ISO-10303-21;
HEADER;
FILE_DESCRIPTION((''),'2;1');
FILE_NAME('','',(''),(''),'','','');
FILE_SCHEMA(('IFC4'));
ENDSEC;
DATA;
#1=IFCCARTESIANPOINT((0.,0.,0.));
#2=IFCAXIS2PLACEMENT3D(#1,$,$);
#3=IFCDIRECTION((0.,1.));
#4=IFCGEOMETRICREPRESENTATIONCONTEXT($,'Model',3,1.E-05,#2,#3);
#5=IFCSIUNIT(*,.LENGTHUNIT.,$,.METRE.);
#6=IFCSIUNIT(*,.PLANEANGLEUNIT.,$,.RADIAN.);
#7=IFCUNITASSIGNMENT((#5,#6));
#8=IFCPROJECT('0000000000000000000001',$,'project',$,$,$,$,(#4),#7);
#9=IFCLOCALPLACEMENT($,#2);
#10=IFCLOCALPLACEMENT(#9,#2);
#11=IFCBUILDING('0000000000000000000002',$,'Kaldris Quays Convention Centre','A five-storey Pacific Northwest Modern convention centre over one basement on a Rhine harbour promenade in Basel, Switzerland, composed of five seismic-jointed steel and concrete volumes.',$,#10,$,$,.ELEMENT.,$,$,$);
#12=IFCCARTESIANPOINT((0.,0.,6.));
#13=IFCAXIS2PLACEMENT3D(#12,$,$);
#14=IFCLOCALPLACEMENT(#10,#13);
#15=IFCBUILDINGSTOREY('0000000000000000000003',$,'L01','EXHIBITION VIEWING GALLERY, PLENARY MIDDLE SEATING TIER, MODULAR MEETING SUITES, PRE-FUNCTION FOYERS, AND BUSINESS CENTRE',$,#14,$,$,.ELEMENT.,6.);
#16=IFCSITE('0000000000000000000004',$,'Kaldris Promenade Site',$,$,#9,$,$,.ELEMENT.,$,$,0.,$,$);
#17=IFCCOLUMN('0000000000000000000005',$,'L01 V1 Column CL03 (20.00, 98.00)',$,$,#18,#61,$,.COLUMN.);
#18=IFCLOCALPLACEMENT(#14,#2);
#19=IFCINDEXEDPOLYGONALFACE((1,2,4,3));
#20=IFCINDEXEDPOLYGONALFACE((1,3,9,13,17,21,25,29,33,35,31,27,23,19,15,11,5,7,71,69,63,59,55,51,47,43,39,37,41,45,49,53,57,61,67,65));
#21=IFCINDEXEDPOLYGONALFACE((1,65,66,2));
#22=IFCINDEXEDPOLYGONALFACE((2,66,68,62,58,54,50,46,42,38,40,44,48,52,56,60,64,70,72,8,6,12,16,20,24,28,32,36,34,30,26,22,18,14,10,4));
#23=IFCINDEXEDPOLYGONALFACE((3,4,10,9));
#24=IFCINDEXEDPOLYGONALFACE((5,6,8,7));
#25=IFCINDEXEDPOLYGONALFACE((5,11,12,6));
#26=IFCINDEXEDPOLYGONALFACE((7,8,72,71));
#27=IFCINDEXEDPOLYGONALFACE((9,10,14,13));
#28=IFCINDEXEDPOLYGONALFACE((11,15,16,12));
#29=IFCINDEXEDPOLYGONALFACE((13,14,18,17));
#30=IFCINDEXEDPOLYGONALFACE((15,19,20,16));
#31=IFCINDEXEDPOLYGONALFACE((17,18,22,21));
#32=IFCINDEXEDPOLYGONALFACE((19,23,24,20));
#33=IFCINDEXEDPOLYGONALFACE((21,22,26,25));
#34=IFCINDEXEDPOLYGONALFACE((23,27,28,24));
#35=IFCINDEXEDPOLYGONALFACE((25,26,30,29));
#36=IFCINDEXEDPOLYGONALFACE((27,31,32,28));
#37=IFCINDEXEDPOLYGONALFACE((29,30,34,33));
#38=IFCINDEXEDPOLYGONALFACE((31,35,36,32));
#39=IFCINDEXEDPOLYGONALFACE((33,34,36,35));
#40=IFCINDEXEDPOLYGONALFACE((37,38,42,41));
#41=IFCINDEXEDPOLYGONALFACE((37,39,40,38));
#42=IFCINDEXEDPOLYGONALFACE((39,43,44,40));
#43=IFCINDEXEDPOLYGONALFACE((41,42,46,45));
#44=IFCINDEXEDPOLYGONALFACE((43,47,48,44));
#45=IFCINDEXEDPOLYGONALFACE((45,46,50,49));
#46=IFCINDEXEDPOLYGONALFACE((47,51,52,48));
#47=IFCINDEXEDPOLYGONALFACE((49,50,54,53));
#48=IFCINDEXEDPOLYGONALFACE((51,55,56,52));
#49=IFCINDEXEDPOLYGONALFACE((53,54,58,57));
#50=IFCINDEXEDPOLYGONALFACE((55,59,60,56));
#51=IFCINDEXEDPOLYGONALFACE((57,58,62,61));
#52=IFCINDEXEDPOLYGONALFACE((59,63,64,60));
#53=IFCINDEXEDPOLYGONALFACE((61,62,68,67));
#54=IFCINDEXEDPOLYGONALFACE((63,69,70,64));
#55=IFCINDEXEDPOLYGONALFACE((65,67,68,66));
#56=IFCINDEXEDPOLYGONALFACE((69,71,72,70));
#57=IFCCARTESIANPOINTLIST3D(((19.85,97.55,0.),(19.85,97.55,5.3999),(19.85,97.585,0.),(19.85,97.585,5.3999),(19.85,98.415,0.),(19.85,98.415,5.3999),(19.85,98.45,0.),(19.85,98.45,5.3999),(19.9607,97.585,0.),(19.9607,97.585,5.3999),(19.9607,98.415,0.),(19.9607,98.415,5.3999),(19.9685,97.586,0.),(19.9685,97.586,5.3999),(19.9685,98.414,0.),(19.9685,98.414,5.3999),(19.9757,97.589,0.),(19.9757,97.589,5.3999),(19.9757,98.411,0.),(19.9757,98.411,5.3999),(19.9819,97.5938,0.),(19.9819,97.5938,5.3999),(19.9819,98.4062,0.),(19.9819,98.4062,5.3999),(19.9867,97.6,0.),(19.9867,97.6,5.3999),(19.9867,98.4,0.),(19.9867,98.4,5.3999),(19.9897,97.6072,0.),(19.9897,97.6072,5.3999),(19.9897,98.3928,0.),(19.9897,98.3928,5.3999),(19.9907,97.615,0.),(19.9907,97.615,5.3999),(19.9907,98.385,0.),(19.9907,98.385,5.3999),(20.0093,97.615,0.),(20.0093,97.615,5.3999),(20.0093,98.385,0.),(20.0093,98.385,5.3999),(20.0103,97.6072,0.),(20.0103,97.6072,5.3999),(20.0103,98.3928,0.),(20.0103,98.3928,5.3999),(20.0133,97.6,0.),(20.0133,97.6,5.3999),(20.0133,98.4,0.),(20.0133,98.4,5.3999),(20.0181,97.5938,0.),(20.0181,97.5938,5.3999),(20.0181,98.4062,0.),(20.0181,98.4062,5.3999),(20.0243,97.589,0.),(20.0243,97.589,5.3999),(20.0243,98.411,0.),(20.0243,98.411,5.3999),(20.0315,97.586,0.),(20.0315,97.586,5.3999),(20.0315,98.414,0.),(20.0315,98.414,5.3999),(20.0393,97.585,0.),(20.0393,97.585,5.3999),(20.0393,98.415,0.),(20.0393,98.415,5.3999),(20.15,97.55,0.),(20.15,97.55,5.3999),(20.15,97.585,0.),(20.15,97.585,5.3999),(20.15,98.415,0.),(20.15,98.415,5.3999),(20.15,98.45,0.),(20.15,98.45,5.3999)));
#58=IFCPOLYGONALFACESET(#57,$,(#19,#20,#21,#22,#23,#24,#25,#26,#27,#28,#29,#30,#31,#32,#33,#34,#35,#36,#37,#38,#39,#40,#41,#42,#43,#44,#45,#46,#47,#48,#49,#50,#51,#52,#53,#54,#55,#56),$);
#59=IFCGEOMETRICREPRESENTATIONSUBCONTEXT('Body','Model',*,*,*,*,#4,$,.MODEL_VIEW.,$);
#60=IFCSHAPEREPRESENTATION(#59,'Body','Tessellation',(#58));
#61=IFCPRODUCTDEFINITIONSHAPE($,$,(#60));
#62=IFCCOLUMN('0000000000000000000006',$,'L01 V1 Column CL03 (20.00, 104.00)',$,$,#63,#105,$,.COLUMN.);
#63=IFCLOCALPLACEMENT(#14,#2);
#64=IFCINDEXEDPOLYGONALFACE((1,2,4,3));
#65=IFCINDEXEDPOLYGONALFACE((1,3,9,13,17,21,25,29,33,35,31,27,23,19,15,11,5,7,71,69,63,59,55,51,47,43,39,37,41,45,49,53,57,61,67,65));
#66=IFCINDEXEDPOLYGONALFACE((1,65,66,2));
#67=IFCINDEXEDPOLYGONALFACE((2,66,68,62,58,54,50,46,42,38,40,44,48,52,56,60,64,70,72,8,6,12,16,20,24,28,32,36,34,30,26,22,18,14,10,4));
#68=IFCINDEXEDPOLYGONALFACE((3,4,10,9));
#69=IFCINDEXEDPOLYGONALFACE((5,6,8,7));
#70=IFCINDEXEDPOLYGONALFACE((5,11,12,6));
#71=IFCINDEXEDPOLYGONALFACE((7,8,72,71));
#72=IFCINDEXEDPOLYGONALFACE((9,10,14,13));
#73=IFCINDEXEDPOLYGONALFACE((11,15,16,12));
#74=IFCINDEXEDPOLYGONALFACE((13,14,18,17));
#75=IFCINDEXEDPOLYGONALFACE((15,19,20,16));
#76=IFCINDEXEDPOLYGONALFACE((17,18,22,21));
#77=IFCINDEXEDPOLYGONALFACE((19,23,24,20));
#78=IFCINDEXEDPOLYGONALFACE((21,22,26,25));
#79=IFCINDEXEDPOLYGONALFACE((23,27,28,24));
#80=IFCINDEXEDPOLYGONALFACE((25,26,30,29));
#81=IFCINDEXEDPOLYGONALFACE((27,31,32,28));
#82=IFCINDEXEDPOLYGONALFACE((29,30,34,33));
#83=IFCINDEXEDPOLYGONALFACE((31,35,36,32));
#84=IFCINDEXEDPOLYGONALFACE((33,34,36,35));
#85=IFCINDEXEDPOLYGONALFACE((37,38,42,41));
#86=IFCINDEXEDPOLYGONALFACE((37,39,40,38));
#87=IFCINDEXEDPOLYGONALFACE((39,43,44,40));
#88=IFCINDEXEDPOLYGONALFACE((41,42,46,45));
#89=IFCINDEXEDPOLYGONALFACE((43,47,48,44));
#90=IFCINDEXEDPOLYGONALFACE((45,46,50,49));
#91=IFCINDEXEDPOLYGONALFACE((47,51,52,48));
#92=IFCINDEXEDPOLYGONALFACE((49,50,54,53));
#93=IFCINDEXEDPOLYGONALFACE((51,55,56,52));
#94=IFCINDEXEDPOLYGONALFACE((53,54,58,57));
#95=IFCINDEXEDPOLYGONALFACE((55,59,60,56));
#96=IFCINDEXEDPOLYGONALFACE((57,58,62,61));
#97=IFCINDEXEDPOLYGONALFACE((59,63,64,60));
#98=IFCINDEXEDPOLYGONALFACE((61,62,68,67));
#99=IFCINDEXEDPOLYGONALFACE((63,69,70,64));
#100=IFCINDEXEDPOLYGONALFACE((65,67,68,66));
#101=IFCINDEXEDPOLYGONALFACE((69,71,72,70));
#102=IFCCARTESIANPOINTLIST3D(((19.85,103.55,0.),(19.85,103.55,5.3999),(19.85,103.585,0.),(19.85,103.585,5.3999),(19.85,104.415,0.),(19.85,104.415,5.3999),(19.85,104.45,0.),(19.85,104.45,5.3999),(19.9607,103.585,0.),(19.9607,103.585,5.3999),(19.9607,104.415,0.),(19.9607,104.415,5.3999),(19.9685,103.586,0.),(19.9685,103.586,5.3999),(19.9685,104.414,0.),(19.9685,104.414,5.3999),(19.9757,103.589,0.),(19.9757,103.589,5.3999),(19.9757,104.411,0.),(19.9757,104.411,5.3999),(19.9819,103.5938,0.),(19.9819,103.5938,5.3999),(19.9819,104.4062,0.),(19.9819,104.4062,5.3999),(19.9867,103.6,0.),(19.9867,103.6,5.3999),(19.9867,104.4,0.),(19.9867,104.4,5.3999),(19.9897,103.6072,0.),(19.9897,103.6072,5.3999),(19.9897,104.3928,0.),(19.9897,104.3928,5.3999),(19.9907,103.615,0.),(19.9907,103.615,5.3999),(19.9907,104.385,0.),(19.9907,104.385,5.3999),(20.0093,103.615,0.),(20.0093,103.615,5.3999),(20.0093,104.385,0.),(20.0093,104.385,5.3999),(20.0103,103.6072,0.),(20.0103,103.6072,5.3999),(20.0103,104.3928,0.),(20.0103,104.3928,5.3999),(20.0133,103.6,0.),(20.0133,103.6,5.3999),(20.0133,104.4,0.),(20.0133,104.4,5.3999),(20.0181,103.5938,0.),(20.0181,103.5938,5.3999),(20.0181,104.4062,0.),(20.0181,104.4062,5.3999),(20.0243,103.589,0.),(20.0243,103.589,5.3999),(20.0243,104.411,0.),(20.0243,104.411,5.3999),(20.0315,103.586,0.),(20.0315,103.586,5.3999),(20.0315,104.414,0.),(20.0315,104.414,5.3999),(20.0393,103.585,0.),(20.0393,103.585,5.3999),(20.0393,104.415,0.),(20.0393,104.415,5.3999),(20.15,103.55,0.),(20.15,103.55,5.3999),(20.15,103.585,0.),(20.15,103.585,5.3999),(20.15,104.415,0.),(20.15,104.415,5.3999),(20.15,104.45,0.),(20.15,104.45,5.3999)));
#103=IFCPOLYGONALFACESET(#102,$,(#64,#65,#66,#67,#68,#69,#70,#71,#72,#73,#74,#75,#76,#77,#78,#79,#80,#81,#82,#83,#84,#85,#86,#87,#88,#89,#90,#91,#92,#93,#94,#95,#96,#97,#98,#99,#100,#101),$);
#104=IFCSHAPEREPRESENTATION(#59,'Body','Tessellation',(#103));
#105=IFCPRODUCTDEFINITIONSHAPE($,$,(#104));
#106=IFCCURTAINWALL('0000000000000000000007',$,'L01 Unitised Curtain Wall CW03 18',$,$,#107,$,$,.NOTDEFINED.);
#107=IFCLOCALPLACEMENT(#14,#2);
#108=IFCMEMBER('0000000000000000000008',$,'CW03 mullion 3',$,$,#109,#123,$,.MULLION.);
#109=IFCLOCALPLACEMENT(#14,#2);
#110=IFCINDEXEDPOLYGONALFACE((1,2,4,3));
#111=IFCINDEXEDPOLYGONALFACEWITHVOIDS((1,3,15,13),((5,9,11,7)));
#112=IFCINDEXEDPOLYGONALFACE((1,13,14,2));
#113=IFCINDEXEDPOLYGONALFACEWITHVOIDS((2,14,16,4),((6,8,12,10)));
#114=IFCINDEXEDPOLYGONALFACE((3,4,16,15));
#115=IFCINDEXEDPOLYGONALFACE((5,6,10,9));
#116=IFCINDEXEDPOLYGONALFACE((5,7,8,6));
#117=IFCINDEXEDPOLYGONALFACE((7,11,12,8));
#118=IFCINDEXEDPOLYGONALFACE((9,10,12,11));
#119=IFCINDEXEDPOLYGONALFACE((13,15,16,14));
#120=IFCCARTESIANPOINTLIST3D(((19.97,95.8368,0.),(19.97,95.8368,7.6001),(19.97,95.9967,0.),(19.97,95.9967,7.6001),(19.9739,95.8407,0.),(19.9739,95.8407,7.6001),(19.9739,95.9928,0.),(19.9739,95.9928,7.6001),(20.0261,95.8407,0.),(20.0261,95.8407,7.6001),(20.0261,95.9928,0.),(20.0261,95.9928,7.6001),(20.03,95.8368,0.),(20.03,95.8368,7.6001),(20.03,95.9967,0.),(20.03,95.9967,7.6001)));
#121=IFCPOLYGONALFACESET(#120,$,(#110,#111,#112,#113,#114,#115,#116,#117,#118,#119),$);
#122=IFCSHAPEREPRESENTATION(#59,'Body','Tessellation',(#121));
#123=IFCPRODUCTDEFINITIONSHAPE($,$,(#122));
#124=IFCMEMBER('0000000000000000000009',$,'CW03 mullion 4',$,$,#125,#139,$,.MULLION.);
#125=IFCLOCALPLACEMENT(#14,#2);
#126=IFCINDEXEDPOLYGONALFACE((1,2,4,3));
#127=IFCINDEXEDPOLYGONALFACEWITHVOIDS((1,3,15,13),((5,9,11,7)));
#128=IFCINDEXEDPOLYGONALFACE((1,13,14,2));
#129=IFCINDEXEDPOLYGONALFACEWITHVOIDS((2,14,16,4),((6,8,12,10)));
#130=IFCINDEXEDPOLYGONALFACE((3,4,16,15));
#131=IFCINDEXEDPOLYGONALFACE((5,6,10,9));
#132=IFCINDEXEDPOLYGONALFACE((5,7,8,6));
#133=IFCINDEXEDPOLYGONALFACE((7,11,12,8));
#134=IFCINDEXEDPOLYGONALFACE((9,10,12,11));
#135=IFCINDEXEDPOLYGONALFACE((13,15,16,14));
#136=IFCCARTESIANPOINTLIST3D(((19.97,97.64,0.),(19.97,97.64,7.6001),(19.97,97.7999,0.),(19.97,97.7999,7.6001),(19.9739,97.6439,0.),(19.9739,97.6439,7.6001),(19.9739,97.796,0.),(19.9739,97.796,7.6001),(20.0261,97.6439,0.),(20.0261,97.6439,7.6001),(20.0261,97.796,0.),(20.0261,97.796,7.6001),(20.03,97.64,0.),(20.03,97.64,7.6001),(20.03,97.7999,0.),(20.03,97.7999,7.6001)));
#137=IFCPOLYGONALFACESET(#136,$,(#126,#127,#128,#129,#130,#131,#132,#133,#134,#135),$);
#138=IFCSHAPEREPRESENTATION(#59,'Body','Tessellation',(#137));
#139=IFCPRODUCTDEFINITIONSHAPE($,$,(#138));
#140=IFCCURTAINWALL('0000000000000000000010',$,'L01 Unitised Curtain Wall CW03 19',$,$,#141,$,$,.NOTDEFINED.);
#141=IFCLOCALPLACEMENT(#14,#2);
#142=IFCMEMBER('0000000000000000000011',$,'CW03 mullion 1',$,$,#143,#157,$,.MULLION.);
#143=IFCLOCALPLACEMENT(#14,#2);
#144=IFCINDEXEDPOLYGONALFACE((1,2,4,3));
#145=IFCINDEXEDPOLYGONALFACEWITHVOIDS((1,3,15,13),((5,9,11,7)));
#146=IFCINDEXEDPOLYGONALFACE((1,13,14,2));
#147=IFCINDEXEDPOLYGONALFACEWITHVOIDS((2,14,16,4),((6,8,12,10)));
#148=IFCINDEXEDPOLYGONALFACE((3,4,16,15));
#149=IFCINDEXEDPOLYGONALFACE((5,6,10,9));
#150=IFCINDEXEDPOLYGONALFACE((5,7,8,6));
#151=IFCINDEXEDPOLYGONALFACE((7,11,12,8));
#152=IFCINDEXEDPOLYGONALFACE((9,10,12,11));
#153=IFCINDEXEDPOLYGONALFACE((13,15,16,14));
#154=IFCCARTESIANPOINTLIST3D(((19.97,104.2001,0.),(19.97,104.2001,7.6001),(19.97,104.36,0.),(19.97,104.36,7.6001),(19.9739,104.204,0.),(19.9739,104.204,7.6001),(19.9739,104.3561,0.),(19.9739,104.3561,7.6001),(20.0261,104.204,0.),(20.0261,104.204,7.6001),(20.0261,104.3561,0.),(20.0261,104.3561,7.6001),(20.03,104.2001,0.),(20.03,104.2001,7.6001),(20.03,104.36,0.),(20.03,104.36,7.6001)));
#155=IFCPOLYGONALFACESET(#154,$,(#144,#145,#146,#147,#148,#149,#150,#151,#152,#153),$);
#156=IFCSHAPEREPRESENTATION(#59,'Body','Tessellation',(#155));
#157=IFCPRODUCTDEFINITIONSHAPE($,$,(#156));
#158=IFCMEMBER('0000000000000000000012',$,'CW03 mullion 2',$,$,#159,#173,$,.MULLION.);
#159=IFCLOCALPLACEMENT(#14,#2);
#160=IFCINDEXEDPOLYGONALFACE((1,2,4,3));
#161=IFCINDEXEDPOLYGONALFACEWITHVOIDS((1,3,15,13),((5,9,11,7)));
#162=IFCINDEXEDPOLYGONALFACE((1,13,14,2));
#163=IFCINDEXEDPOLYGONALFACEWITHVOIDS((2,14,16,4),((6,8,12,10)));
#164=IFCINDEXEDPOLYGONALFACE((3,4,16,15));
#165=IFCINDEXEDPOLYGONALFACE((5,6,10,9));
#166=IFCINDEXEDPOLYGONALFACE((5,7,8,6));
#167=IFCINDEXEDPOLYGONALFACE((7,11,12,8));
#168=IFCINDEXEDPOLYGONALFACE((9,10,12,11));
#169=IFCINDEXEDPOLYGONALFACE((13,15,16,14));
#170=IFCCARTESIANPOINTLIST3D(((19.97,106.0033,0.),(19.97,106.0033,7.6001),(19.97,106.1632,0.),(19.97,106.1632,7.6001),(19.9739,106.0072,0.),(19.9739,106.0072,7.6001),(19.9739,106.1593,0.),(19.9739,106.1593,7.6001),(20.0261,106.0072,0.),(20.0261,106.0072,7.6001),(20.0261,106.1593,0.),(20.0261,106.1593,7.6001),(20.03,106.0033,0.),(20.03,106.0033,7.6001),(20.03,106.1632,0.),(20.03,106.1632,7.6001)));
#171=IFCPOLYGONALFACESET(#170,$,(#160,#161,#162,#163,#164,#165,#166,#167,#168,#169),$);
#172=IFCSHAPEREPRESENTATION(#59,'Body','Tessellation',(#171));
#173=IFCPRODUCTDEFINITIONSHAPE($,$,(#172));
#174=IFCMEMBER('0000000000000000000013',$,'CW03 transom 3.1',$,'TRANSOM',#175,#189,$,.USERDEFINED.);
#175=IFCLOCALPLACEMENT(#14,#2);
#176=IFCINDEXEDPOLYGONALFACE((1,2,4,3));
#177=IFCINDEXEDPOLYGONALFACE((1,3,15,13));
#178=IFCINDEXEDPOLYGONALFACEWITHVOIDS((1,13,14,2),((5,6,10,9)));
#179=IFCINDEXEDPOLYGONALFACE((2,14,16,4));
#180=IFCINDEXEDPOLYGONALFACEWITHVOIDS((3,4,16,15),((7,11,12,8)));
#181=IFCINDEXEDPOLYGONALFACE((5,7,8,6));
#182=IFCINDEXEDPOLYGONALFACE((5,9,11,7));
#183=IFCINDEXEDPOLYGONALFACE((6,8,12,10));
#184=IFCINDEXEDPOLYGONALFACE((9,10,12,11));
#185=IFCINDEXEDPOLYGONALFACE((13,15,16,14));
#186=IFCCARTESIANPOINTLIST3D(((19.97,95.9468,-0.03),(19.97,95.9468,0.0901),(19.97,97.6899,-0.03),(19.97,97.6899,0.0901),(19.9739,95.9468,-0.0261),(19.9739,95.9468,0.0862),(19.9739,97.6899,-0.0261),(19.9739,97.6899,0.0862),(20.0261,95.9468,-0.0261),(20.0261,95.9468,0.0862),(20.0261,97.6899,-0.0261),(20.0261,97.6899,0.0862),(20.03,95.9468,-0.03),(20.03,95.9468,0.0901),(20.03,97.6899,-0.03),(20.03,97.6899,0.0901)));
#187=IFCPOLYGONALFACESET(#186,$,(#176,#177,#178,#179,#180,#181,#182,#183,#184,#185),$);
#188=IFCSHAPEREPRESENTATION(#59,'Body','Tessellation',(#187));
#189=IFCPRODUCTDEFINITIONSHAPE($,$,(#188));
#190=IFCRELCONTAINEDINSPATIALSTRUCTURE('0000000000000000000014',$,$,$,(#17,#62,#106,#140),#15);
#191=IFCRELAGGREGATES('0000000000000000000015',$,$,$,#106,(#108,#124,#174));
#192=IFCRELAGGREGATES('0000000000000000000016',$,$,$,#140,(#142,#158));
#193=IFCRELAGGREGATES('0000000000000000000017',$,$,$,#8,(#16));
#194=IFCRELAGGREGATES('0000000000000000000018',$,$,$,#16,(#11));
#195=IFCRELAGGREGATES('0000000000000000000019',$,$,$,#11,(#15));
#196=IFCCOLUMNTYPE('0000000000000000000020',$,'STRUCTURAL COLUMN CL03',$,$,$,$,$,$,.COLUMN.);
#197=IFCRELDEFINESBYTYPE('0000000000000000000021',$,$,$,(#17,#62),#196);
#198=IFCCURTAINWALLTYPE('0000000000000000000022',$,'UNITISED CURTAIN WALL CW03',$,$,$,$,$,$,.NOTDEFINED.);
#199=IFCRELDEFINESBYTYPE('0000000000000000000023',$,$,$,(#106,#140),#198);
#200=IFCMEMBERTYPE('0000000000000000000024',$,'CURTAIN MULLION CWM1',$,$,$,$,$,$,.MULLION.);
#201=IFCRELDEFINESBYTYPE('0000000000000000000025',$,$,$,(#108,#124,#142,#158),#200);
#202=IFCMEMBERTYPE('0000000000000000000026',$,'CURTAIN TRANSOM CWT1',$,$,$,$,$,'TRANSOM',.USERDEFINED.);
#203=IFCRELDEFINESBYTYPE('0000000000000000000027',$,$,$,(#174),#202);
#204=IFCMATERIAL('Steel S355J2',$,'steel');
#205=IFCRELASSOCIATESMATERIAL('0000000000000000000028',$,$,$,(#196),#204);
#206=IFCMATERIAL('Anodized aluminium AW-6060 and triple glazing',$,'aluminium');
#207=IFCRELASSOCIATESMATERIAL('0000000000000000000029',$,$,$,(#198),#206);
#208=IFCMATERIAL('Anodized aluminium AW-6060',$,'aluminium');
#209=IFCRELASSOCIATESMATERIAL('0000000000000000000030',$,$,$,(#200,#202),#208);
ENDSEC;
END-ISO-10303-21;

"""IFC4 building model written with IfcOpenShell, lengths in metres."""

from ifc_helpers import new_model, si_unit, direction, frame, origin, origin_2d, place, context, subcontext, project, spatial, hollow_rectangle, i_section, extrude, material, material_profile, profile_set, type_object, element, aggregate, save


model = new_model("IFC4")

# Units and contexts
model_context = context("Model", 3, precision=1e-05, world=origin(), true_north=direction((0.0, 1.0)))
body_context = subcontext(model_context, "Body", "Model", "MODEL_VIEW")
ifc_project = project(units=[si_unit("LENGTHUNIT", "METRE"), si_unit("PLANEANGLEUNIT", "RADIAN")], contexts=[model_context])

# Site, building, storey
site_placement = place(None, origin())
site = spatial("IfcSite", under=ifc_project, at=site_placement, Name="Kaldris Promenade Site", CompositionType="ELEMENT", RefElevation=0.0)
building_placement = place(site_placement, origin())
building = spatial("IfcBuilding", under=site, at=building_placement, Name="Kaldris Quays Convention Centre", Description="A five-storey Pacific Northwest Modern convention centre over one basement on a Rhine harbour promenade in Basel, Switzerland, composed of five seismic-jointed steel and concrete volumes.", CompositionType="ELEMENT")
storey_placement = place(building_placement, frame((0.0, 0.0, 6.0)))
storey = spatial("IfcBuildingStorey", under=building, at=storey_placement, Name="L01", Description="EXHIBITION VIEWING GALLERY, PLENARY MIDDLE SEATING TIER, MODULAR MEETING SUITES, PRE-FUNCTION FOYERS, AND BUSINESS CENTRE", CompositionType="ELEMENT", Elevation=6.0)

# Columns
ifc_material_1 = material(Name="Steel S355J2", Category="steel")
ifc_material_profile_1 = material_profile(ifc_material_1, i_section(OverallWidth=0.3, OverallDepth=0.8999, WebThickness=0.0186, FlangeThickness=0.0349, FilletRadius=0.03, at=origin_2d()), Name="HEB 900")
ifc_profile_set_1 = profile_set([ifc_material_profile_1], Name="Steel S355J2")
column_type = type_object("IfcColumnType", Name="STRUCTURAL COLUMN CL03", PredefinedType="COLUMN", material=ifc_profile_set_1)
for number, where, z_axis, x_axis, name in (
    (1, (20.0, 98.0, 0.0), (0.0, 0.0, 1.0), (1.0, 0.0, 0.0), "L01 V1 Column CL03 (20.00, 98.00)"),
    (2, (20.0, 104.0, 0.0), (0.0, 0.0, 1.0), (1.0, 0.0, 0.0), "L01 V1 Column CL03 (20.00, 104.00)"),
):
    element("IfcColumn", number, at=place(storey_placement, frame(where, z_axis=z_axis, x_axis=x_axis)), inside=storey, type_object=column_type, Name=name, PredefinedType="COLUMN", context=body_context, shape_type="SweptSolid", body=[
        extrude(i_section(OverallWidth=0.3, OverallDepth=0.8999, WebThickness=0.0186, FlangeThickness=0.0349, FilletRadius=0.03, at=origin_2d()), origin(), (0.0, 0.0, 1.0), 5.3999),
    ])

# Curtain walls, members
ifc_material_2 = material(Name="Anodized aluminium AW-6060 and triple glazing", Category="aluminium")
curtain_wall_type = type_object("IfcCurtainWallType", Name="UNITISED CURTAIN WALL CW03", PredefinedType="NOTDEFINED", material=ifc_material_2)
curtain_wall_1_placement = place(storey_placement, origin())
curtain_wall_1 = element("IfcCurtainWall", 3, at=curtain_wall_1_placement, inside=storey, type_object=curtain_wall_type, Name="L01 Unitised Curtain Wall CW03 18", PredefinedType="NOTDEFINED")
ifc_material_3 = material(Name="Anodized aluminium AW-6060", Category="aluminium")
ifc_material_profile_2 = material_profile(ifc_material_3, hollow_rectangle(XDim=0.0601, YDim=0.1599, WallThickness=0.0039, at=origin_2d()), Name="RHS 160x60x4")
ifc_profile_set_2 = profile_set([ifc_material_profile_2], Name="Anodized aluminium AW-6060")
member_type_1 = type_object("IfcMemberType", Name="CURTAIN MULLION CWM1", PredefinedType="MULLION", material=ifc_profile_set_2)
member_1_placement = place(storey_placement, frame((20.0, 95.9167, 0.0), z_axis=(0.0, 0.0, 1.0), x_axis=(-1.0, 0.0, 0.0)))
member_1 = element("IfcMember", 4, at=member_1_placement, type_object=member_type_1, Name="CW03 mullion 3", PredefinedType="MULLION", context=body_context, shape_type="SweptSolid", body=[
    extrude(hollow_rectangle(XDim=0.0601, YDim=0.1599, WallThickness=0.0039, at=origin_2d()), origin(), (0.0, 0.0, 1.0), 7.6001),
])
member_2_placement = place(storey_placement, frame((20.0, 97.72, 0.0), z_axis=(0.0, 0.0, 1.0), x_axis=(-1.0, 0.0, 0.0)))
member_2 = element("IfcMember", 5, at=member_2_placement, type_object=member_type_1, Name="CW03 mullion 4", PredefinedType="MULLION", context=body_context, shape_type="SweptSolid", body=[
    extrude(hollow_rectangle(XDim=0.0601, YDim=0.1599, WallThickness=0.0039, at=origin_2d()), origin(), (0.0, 0.0, 1.0), 7.6001),
])
curtain_wall_2_placement = place(storey_placement, origin())
curtain_wall_2 = element("IfcCurtainWall", 6, at=curtain_wall_2_placement, inside=storey, type_object=curtain_wall_type, Name="L01 Unitised Curtain Wall CW03 19", PredefinedType="NOTDEFINED")
member_3_placement = place(storey_placement, frame((20.0, 104.28, 0.0), z_axis=(0.0, 0.0, 1.0), x_axis=(-1.0, 0.0, 0.0)))
member_3 = element("IfcMember", 7, at=member_3_placement, type_object=member_type_1, Name="CW03 mullion 1", PredefinedType="MULLION", context=body_context, shape_type="SweptSolid", body=[
    extrude(hollow_rectangle(XDim=0.0601, YDim=0.1599, WallThickness=0.0039, at=origin_2d()), origin(), (0.0, 0.0, 1.0), 7.6001),
])
member_4_placement = place(storey_placement, frame((20.0, 106.0833, 0.0), z_axis=(0.0, 0.0, 1.0), x_axis=(-1.0, 0.0, 0.0)))
member_4 = element("IfcMember", 8, at=member_4_placement, type_object=member_type_1, Name="CW03 mullion 2", PredefinedType="MULLION", context=body_context, shape_type="SweptSolid", body=[
    extrude(hollow_rectangle(XDim=0.0601, YDim=0.1599, WallThickness=0.0039, at=origin_2d()), origin(), (0.0, 0.0, 1.0), 7.6001),
])

# Member
ifc_material_profile_3 = material_profile(ifc_material_3, hollow_rectangle(XDim=0.0601, YDim=0.1201, WallThickness=0.0039, at=origin_2d()), Name="RHS 120x60x4")
ifc_profile_set_3 = profile_set([ifc_material_profile_3], Name="Anodized aluminium AW-6060")
member_type_2 = type_object("IfcMemberType", Name="CURTAIN TRANSOM CWT1", ElementType="TRANSOM", PredefinedType="USERDEFINED", material=ifc_profile_set_3)
member_5_placement = place(storey_placement, frame((20.0, 95.9468, 0.03), z_axis=(0.0, 1.0, 0.0), x_axis=(-1.0, 0.0, 0.0)))
member_5 = element("IfcMember", 9, at=member_5_placement, type_object=member_type_2, Name="CW03 transom 3.1", ObjectType="TRANSOM", PredefinedType="USERDEFINED", context=body_context, shape_type="SweptSolid", body=[
    extrude(hollow_rectangle(XDim=0.0601, YDim=0.1201, WallThickness=0.0039, at=origin_2d()), origin(), (0.0, 0.0, 1.0), 1.7432),
])

aggregate(curtain_wall_1, [member_1, member_2, member_5])
aggregate(curtain_wall_2, [member_3, member_4])

save(model, "model.ifc")
